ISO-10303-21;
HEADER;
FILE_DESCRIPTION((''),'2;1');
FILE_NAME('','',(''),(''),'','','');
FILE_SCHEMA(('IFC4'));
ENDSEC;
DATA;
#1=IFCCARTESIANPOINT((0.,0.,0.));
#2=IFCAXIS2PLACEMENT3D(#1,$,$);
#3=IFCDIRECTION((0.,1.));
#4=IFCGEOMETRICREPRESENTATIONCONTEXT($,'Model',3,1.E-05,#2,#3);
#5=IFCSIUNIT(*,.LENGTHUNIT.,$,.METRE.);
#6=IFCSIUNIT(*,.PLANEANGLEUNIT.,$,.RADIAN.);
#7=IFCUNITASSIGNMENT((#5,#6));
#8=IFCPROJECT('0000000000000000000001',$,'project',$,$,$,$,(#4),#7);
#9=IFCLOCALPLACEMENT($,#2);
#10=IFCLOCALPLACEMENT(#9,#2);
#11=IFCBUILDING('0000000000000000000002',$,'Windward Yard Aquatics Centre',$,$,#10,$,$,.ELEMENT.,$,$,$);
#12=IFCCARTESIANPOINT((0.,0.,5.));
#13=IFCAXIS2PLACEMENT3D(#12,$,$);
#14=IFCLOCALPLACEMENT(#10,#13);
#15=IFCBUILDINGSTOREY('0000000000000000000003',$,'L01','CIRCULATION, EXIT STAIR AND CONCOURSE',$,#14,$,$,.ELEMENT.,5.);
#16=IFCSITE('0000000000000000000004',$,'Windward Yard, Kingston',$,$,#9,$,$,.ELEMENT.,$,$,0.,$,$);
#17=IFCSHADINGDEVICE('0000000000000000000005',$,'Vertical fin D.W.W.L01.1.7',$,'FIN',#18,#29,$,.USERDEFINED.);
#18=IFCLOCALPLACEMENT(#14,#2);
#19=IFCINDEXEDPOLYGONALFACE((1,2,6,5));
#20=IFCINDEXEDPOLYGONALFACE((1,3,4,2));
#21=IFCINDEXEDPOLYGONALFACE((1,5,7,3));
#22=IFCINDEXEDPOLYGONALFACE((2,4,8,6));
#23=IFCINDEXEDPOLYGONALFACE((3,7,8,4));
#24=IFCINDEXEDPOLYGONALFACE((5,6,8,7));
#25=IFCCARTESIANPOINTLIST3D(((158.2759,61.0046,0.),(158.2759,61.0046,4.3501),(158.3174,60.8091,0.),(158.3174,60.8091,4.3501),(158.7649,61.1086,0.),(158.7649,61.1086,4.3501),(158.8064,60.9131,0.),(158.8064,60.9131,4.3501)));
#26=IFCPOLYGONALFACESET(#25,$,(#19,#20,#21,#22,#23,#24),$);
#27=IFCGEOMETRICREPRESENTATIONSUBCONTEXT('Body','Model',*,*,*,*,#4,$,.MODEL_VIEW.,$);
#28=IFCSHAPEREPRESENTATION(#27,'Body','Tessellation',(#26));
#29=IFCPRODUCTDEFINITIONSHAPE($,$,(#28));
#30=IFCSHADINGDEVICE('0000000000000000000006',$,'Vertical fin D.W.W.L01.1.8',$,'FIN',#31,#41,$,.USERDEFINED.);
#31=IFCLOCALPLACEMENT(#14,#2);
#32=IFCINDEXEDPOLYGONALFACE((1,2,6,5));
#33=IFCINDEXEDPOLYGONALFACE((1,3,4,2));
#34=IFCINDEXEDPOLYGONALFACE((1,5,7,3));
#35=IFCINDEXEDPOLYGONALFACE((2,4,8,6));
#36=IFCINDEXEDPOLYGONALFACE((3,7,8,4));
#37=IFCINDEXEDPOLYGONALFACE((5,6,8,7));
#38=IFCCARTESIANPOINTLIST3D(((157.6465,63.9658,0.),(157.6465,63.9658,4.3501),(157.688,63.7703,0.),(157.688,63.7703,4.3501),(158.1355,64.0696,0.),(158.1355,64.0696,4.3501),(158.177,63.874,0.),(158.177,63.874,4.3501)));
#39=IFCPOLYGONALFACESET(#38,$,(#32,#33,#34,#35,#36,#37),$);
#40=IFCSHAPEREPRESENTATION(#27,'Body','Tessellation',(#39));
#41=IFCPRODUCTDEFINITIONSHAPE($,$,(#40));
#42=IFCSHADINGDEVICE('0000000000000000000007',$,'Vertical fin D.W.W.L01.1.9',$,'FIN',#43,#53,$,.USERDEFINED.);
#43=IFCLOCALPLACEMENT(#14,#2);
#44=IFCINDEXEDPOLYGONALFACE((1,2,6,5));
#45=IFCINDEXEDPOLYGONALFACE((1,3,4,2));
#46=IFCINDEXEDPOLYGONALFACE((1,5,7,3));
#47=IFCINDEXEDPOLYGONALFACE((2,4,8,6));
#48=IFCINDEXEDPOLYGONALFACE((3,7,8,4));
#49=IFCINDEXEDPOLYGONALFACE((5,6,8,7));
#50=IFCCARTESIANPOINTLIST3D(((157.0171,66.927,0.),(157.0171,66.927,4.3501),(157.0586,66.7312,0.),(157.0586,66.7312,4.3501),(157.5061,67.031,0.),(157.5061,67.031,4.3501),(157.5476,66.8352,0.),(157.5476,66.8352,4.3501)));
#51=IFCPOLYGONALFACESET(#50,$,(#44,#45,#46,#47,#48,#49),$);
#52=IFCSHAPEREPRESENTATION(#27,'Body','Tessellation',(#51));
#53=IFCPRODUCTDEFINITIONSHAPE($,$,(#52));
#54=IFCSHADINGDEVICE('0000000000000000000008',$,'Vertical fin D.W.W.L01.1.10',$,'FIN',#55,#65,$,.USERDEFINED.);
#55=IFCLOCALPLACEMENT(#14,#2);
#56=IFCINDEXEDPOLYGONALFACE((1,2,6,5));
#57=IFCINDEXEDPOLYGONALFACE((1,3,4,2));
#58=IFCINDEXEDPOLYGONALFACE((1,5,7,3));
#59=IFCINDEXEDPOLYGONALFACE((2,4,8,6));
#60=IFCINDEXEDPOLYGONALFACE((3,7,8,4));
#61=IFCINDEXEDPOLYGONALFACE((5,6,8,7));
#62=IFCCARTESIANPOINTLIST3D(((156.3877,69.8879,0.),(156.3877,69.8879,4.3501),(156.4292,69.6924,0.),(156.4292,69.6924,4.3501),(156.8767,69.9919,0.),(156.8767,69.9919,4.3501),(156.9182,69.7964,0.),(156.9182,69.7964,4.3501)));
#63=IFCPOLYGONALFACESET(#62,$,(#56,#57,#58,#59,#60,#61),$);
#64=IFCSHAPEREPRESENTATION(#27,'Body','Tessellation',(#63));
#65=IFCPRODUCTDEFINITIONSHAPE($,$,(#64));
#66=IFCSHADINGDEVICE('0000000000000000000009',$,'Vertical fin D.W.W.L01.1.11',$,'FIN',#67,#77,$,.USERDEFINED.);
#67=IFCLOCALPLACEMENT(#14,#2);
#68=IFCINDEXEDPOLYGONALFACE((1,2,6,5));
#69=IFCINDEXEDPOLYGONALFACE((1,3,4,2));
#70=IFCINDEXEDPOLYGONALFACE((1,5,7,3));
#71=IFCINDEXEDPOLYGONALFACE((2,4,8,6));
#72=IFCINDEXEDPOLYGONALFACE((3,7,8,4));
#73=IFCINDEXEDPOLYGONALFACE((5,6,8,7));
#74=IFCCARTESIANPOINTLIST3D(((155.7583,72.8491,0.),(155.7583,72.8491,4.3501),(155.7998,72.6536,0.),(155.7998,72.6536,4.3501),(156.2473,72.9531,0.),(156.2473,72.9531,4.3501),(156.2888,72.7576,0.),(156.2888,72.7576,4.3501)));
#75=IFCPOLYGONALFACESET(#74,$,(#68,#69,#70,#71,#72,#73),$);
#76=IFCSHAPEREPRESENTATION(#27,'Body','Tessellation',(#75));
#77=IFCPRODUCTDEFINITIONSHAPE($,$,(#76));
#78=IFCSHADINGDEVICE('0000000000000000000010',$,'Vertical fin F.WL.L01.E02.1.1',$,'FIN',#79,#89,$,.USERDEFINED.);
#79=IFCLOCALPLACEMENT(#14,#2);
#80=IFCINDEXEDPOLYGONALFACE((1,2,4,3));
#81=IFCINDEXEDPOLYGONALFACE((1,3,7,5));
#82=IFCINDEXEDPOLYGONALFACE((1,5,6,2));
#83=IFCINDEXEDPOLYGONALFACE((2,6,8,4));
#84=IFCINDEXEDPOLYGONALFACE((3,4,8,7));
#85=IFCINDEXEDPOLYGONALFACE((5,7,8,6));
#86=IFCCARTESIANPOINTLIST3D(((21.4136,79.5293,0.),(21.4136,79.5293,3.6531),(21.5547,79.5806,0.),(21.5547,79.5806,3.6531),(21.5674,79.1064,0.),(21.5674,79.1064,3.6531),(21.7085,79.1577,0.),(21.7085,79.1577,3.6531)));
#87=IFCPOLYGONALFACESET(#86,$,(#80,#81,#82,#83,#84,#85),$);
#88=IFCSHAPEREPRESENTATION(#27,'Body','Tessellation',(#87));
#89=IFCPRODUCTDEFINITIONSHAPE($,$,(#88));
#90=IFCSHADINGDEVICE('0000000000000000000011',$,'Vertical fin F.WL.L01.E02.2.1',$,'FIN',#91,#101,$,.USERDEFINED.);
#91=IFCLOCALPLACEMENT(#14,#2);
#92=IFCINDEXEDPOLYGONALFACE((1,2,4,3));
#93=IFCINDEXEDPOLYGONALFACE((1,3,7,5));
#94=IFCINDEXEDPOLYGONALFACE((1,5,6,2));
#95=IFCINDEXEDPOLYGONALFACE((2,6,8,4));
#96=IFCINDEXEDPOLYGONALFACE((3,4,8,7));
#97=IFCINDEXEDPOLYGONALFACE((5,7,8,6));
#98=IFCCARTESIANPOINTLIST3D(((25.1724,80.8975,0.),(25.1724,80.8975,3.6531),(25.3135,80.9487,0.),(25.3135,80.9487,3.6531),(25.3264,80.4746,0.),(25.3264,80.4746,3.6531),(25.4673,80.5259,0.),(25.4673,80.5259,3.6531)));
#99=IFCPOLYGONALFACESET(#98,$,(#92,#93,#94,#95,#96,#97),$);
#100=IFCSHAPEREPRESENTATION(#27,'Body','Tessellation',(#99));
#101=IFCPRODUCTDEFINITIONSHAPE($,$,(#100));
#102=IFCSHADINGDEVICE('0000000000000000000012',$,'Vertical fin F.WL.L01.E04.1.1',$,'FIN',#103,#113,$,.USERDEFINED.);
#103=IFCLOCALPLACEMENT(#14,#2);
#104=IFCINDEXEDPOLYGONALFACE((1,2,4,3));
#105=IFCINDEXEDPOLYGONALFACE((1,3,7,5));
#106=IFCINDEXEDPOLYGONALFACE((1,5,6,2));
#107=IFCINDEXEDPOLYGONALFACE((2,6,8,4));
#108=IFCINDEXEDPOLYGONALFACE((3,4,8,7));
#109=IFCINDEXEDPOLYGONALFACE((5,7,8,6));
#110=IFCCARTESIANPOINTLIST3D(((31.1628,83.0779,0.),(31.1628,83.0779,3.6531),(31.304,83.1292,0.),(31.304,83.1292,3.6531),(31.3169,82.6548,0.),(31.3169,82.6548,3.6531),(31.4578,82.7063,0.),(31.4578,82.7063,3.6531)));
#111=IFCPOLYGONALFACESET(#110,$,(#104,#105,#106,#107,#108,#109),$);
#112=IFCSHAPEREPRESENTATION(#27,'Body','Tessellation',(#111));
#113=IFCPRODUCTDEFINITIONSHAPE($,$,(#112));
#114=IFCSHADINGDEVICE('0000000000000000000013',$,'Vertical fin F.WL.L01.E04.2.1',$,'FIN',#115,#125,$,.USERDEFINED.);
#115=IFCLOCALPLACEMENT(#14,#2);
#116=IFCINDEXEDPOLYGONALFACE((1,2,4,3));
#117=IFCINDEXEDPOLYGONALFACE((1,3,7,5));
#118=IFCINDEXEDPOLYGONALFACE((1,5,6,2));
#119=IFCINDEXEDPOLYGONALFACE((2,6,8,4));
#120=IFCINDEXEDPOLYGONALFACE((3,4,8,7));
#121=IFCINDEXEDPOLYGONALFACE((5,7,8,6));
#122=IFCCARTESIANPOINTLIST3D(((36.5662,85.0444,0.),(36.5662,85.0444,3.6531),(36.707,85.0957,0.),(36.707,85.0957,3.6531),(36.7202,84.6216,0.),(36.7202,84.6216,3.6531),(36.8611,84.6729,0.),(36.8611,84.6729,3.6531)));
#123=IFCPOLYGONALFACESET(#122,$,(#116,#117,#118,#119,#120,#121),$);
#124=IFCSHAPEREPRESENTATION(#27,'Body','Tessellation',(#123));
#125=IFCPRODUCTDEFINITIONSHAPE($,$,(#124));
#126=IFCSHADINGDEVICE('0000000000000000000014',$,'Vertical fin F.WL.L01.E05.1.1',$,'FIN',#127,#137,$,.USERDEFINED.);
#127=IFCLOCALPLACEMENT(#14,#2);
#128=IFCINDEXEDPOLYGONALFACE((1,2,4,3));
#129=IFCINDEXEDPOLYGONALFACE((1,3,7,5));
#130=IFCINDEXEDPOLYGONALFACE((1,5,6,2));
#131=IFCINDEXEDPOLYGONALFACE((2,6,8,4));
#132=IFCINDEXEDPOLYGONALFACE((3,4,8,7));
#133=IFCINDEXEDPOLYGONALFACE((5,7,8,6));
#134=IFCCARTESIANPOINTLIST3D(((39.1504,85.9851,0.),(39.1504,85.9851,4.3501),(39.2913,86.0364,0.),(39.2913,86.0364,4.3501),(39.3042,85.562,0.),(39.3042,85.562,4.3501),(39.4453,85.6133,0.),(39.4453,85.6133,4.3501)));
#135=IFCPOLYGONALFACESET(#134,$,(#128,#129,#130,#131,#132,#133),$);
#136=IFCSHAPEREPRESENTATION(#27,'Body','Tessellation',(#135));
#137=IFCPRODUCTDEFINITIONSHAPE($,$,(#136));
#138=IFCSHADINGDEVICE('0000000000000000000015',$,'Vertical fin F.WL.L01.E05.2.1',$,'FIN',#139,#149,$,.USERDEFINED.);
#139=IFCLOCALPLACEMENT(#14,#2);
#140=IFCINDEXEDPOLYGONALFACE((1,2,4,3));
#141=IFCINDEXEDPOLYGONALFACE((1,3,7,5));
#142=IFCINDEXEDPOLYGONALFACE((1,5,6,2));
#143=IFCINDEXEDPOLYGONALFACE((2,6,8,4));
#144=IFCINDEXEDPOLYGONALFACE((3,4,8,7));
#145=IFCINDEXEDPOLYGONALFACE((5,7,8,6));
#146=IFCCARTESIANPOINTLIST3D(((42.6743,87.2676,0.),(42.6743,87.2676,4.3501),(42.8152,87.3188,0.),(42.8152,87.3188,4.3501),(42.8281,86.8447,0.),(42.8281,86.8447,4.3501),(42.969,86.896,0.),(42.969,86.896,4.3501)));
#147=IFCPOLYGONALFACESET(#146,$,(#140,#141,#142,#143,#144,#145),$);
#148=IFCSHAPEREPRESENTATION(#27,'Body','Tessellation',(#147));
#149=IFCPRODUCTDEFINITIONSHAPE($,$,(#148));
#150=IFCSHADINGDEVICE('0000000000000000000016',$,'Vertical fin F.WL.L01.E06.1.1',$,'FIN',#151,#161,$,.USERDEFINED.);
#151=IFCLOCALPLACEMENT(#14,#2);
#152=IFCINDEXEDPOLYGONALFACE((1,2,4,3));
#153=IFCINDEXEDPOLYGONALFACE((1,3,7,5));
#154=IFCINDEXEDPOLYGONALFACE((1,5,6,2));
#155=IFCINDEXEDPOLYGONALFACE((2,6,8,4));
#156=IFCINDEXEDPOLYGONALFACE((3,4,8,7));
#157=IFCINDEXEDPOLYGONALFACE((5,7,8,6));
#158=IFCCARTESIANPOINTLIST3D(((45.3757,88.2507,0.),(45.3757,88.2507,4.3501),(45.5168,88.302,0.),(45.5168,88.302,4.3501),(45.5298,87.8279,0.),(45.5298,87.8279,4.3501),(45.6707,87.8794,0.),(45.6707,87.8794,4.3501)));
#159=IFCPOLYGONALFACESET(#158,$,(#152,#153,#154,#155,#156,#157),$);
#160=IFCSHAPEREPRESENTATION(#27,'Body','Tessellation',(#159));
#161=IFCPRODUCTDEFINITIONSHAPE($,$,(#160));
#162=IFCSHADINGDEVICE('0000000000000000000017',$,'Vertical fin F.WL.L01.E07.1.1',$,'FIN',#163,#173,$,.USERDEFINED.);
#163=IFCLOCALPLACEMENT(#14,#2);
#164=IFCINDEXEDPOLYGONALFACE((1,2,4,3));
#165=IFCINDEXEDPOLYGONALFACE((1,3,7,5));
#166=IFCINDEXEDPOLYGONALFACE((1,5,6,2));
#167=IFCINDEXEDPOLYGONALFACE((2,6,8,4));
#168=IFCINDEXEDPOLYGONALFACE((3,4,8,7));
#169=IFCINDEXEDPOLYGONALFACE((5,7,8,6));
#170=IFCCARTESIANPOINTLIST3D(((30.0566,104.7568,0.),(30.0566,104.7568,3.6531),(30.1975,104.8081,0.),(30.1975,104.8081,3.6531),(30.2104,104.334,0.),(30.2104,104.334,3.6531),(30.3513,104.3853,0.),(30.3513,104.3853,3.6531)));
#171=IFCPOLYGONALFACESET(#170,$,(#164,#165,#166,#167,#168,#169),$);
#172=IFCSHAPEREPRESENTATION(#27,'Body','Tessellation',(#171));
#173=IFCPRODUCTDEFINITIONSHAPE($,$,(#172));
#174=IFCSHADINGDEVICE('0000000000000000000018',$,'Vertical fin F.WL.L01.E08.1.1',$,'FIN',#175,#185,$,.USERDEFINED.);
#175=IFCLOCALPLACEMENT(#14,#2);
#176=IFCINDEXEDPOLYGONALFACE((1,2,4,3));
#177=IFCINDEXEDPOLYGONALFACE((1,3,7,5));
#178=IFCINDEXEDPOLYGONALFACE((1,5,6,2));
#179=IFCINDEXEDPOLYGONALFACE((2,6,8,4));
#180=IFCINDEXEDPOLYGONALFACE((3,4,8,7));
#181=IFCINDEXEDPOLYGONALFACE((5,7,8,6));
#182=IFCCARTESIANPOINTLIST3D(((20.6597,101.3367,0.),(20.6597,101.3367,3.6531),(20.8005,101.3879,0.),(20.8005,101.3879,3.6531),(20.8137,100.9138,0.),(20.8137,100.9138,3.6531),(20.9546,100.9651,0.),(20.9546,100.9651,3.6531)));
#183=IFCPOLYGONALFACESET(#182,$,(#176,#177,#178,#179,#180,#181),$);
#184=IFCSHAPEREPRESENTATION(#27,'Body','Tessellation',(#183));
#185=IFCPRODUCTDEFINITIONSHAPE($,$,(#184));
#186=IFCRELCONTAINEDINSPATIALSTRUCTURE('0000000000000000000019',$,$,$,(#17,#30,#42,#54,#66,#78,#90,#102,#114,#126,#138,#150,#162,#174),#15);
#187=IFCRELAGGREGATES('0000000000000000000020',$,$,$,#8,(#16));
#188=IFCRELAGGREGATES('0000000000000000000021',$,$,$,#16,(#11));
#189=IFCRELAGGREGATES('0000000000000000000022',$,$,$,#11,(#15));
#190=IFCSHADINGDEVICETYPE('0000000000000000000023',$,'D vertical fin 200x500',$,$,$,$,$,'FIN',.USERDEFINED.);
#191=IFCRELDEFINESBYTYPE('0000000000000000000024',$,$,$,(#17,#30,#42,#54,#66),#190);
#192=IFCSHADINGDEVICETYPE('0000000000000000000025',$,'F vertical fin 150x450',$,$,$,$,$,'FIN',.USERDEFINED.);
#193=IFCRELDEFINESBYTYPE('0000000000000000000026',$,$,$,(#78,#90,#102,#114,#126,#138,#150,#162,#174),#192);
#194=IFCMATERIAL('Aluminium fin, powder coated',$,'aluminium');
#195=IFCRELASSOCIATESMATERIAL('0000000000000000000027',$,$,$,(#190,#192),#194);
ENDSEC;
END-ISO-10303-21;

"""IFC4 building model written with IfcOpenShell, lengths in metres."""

from ifc_helpers import new_model, si_unit, direction, frame, origin, place, context, subcontext, project, spatial, polyline, outline, extrude, material, type_object, element, save


model = new_model("IFC4")

# Units and contexts
model_context = context("Model", 3, precision=1e-05, world=origin(), true_north=direction((0.0, 1.0)))
body_context = subcontext(model_context, "Body", "Model", "MODEL_VIEW")
ifc_project = project(units=[si_unit("LENGTHUNIT", "METRE"), si_unit("PLANEANGLEUNIT", "RADIAN")], contexts=[model_context])

# Site, building, storey
site_placement = place(None, origin())
site = spatial("IfcSite", under=ifc_project, at=site_placement, Name="Windward Yard, Kingston", CompositionType="ELEMENT", RefElevation=0.0)
building_placement = place(site_placement, origin())
building = spatial("IfcBuilding", under=site, at=building_placement, Name="Windward Yard Aquatics Centre", CompositionType="ELEMENT")
storey_placement = place(building_placement, frame((0.0, 0.0, 5.0)))
storey = spatial("IfcBuildingStorey", under=building, at=storey_placement, Name="L01", Description="CIRCULATION, EXIT STAIR AND CONCOURSE", CompositionType="ELEMENT", Elevation=5.0)

# Shading devices
ifc_material = material(Name="Aluminium fin, powder coated", Category="aluminium")
shading_device_type_1 = type_object("IfcShadingDeviceType", Name="D vertical fin 200x500", ElementType="FIN", PredefinedType="USERDEFINED", material=ifc_material)
shading_device_1_placement = place(storey_placement, origin())
element("IfcShadingDevice", 1, at=shading_device_1_placement, inside=storey, type_object=shading_device_type_1, Name="Vertical fin D.W.W.L01.1.7", ObjectType="FIN", PredefinedType="USERDEFINED", context=body_context, shape_type="SweptSolid", body=[
    extrude(outline(polyline([(158.2759, 61.0046), (158.3174, 60.8091), (158.8064, 60.9131), (158.7649, 61.1086), (158.2759, 61.0046)])), origin(), (0.0, 0.0, 1.0), 4.3501),
])
shading_device_2_placement = place(storey_placement, origin())
element("IfcShadingDevice", 2, at=shading_device_2_placement, inside=storey, type_object=shading_device_type_1, Name="Vertical fin D.W.W.L01.1.8", ObjectType="FIN", PredefinedType="USERDEFINED", context=body_context, shape_type="SweptSolid", body=[
    extrude(outline(polyline([(157.6465, 63.9658), (157.688, 63.7703), (158.177, 63.874), (158.1355, 64.0696), (157.6465, 63.9658)])), origin(), (0.0, 0.0, 1.0), 4.3501),
])
shading_device_3_placement = place(storey_placement, origin())
element("IfcShadingDevice", 3, at=shading_device_3_placement, inside=storey, type_object=shading_device_type_1, Name="Vertical fin D.W.W.L01.1.9", ObjectType="FIN", PredefinedType="USERDEFINED", context=body_context, shape_type="SweptSolid", body=[
    extrude(outline(polyline([(157.0171, 66.927), (157.0586, 66.7312), (157.5476, 66.8352), (157.5061, 67.031), (157.0171, 66.927)])), origin(), (0.0, 0.0, 1.0), 4.3501),
])
shading_device_4_placement = place(storey_placement, origin())
element("IfcShadingDevice", 4, at=shading_device_4_placement, inside=storey, type_object=shading_device_type_1, Name="Vertical fin D.W.W.L01.1.10", ObjectType="FIN", PredefinedType="USERDEFINED", context=body_context, shape_type="SweptSolid", body=[
    extrude(outline(polyline([(156.3877, 69.8879), (156.4292, 69.6924), (156.9182, 69.7964), (156.8767, 69.9919), (156.3877, 69.8879)])), origin(), (0.0, 0.0, 1.0), 4.3501),
])
shading_device_5_placement = place(storey_placement, origin())
element("IfcShadingDevice", 5, at=shading_device_5_placement, inside=storey, type_object=shading_device_type_1, Name="Vertical fin D.W.W.L01.1.11", ObjectType="FIN", PredefinedType="USERDEFINED", context=body_context, shape_type="SweptSolid", body=[
    extrude(outline(polyline([(155.7583, 72.8491), (155.7998, 72.6536), (156.2888, 72.7576), (156.2473, 72.9531), (155.7583, 72.8491)])), origin(), (0.0, 0.0, 1.0), 4.3501),
])
shading_device_type_2 = type_object("IfcShadingDeviceType", Name="F vertical fin 150x450", ElementType="FIN", PredefinedType="USERDEFINED", material=ifc_material)
shading_device_6_placement = place(storey_placement, origin())
element("IfcShadingDevice", 6, at=shading_device_6_placement, inside=storey, type_object=shading_device_type_2, Name="Vertical fin F.WL.L01.E02.1.1", ObjectType="FIN", PredefinedType="USERDEFINED", context=body_context, shape_type="SweptSolid", body=[
    extrude(outline(polyline([(21.4136, 79.5293), (21.5547, 79.5806), (21.7085, 79.1577), (21.5674, 79.1064), (21.4136, 79.5293)])), origin(), (0.0, 0.0, 1.0), 3.6531),
])
shading_device_7_placement = place(storey_placement, origin())
element("IfcShadingDevice", 7, at=shading_device_7_placement, inside=storey, type_object=shading_device_type_2, Name="Vertical fin F.WL.L01.E02.2.1", ObjectType="FIN", PredefinedType="USERDEFINED", context=body_context, shape_type="SweptSolid", body=[
    extrude(outline(polyline([(25.1724, 80.8975), (25.3135, 80.9487), (25.4673, 80.5259), (25.3264, 80.4746), (25.1724, 80.8975)])), origin(), (0.0, 0.0, 1.0), 3.6531),
])
shading_device_8_placement = place(storey_placement, origin())
element("IfcShadingDevice", 8, at=shading_device_8_placement, inside=storey, type_object=shading_device_type_2, Name="Vertical fin F.WL.L01.E04.1.1", ObjectType="FIN", PredefinedType="USERDEFINED", context=body_context, shape_type="SweptSolid", body=[
    extrude(outline(polyline([(31.1628, 83.0779), (31.304, 83.1292), (31.4578, 82.7063), (31.3169, 82.6548), (31.1628, 83.0779)])), origin(), (0.0, 0.0, 1.0), 3.6531),
])
shading_device_9_placement = place(storey_placement, origin())
element("IfcShadingDevice", 9, at=shading_device_9_placement, inside=storey, type_object=shading_device_type_2, Name="Vertical fin F.WL.L01.E04.2.1", ObjectType="FIN", PredefinedType="USERDEFINED", context=body_context, shape_type="SweptSolid", body=[
    extrude(outline(polyline([(36.5662, 85.0444), (36.707, 85.0957), (36.8611, 84.6729), (36.7202, 84.6216), (36.5662, 85.0444)])), origin(), (0.0, 0.0, 1.0), 3.6531),
])
shading_device_10_placement = place(storey_placement, origin())
element("IfcShadingDevice", 10, at=shading_device_10_placement, inside=storey, type_object=shading_device_type_2, Name="Vertical fin F.WL.L01.E05.1.1", ObjectType="FIN", PredefinedType="USERDEFINED", context=body_context, shape_type="SweptSolid", body=[
    extrude(outline(polyline([(39.1504, 85.9851), (39.2913, 86.0364), (39.4453, 85.6133), (39.3042, 85.562), (39.1504, 85.9851)])), origin(), (0.0, 0.0, 1.0), 4.3501),
])
shading_device_11_placement = place(storey_placement, origin())
element("IfcShadingDevice", 11, at=shading_device_11_placement, inside=storey, type_object=shading_device_type_2, Name="Vertical fin F.WL.L01.E05.2.1", ObjectType="FIN", PredefinedType="USERDEFINED", context=body_context, shape_type="SweptSolid", body=[
    extrude(outline(polyline([(42.6743, 87.2676), (42.8152, 87.3188), (42.969, 86.896), (42.8281, 86.8447), (42.6743, 87.2676)])), origin(), (0.0, 0.0, 1.0), 4.3501),
])
shading_device_12_placement = place(storey_placement, origin())
element("IfcShadingDevice", 12, at=shading_device_12_placement, inside=storey, type_object=shading_device_type_2, Name="Vertical fin F.WL.L01.E06.1.1", ObjectType="FIN", PredefinedType="USERDEFINED", context=body_context, shape_type="SweptSolid", body=[
    extrude(outline(polyline([(45.3757, 88.2507), (45.5168, 88.302), (45.6707, 87.8794), (45.5298, 87.8279), (45.3757, 88.2507)])), origin(), (0.0, 0.0, 1.0), 4.3501),
])
shading_device_13_placement = place(storey_placement, origin())
element("IfcShadingDevice", 13, at=shading_device_13_placement, inside=storey, type_object=shading_device_type_2, Name="Vertical fin F.WL.L01.E07.1.1", ObjectType="FIN", PredefinedType="USERDEFINED", context=body_context, shape_type="SweptSolid", body=[
    extrude(outline(polyline([(30.0566, 104.7568), (30.1975, 104.8081), (30.3513, 104.3853), (30.2104, 104.334), (30.0566, 104.7568)])), origin(), (0.0, 0.0, 1.0), 3.6531),
])
shading_device_14_placement = place(storey_placement, origin())
element("IfcShadingDevice", 14, at=shading_device_14_placement, inside=storey, type_object=shading_device_type_2, Name="Vertical fin F.WL.L01.E08.1.1", ObjectType="FIN", PredefinedType="USERDEFINED", context=body_context, shape_type="SweptSolid", body=[
    extrude(outline(polyline([(20.6597, 101.3367), (20.8005, 101.3879), (20.9546, 100.9651), (20.8137, 100.9138), (20.6597, 101.3367)])), origin(), (0.0, 0.0, 1.0), 3.6531),
])

save(model, "model.ifc")
